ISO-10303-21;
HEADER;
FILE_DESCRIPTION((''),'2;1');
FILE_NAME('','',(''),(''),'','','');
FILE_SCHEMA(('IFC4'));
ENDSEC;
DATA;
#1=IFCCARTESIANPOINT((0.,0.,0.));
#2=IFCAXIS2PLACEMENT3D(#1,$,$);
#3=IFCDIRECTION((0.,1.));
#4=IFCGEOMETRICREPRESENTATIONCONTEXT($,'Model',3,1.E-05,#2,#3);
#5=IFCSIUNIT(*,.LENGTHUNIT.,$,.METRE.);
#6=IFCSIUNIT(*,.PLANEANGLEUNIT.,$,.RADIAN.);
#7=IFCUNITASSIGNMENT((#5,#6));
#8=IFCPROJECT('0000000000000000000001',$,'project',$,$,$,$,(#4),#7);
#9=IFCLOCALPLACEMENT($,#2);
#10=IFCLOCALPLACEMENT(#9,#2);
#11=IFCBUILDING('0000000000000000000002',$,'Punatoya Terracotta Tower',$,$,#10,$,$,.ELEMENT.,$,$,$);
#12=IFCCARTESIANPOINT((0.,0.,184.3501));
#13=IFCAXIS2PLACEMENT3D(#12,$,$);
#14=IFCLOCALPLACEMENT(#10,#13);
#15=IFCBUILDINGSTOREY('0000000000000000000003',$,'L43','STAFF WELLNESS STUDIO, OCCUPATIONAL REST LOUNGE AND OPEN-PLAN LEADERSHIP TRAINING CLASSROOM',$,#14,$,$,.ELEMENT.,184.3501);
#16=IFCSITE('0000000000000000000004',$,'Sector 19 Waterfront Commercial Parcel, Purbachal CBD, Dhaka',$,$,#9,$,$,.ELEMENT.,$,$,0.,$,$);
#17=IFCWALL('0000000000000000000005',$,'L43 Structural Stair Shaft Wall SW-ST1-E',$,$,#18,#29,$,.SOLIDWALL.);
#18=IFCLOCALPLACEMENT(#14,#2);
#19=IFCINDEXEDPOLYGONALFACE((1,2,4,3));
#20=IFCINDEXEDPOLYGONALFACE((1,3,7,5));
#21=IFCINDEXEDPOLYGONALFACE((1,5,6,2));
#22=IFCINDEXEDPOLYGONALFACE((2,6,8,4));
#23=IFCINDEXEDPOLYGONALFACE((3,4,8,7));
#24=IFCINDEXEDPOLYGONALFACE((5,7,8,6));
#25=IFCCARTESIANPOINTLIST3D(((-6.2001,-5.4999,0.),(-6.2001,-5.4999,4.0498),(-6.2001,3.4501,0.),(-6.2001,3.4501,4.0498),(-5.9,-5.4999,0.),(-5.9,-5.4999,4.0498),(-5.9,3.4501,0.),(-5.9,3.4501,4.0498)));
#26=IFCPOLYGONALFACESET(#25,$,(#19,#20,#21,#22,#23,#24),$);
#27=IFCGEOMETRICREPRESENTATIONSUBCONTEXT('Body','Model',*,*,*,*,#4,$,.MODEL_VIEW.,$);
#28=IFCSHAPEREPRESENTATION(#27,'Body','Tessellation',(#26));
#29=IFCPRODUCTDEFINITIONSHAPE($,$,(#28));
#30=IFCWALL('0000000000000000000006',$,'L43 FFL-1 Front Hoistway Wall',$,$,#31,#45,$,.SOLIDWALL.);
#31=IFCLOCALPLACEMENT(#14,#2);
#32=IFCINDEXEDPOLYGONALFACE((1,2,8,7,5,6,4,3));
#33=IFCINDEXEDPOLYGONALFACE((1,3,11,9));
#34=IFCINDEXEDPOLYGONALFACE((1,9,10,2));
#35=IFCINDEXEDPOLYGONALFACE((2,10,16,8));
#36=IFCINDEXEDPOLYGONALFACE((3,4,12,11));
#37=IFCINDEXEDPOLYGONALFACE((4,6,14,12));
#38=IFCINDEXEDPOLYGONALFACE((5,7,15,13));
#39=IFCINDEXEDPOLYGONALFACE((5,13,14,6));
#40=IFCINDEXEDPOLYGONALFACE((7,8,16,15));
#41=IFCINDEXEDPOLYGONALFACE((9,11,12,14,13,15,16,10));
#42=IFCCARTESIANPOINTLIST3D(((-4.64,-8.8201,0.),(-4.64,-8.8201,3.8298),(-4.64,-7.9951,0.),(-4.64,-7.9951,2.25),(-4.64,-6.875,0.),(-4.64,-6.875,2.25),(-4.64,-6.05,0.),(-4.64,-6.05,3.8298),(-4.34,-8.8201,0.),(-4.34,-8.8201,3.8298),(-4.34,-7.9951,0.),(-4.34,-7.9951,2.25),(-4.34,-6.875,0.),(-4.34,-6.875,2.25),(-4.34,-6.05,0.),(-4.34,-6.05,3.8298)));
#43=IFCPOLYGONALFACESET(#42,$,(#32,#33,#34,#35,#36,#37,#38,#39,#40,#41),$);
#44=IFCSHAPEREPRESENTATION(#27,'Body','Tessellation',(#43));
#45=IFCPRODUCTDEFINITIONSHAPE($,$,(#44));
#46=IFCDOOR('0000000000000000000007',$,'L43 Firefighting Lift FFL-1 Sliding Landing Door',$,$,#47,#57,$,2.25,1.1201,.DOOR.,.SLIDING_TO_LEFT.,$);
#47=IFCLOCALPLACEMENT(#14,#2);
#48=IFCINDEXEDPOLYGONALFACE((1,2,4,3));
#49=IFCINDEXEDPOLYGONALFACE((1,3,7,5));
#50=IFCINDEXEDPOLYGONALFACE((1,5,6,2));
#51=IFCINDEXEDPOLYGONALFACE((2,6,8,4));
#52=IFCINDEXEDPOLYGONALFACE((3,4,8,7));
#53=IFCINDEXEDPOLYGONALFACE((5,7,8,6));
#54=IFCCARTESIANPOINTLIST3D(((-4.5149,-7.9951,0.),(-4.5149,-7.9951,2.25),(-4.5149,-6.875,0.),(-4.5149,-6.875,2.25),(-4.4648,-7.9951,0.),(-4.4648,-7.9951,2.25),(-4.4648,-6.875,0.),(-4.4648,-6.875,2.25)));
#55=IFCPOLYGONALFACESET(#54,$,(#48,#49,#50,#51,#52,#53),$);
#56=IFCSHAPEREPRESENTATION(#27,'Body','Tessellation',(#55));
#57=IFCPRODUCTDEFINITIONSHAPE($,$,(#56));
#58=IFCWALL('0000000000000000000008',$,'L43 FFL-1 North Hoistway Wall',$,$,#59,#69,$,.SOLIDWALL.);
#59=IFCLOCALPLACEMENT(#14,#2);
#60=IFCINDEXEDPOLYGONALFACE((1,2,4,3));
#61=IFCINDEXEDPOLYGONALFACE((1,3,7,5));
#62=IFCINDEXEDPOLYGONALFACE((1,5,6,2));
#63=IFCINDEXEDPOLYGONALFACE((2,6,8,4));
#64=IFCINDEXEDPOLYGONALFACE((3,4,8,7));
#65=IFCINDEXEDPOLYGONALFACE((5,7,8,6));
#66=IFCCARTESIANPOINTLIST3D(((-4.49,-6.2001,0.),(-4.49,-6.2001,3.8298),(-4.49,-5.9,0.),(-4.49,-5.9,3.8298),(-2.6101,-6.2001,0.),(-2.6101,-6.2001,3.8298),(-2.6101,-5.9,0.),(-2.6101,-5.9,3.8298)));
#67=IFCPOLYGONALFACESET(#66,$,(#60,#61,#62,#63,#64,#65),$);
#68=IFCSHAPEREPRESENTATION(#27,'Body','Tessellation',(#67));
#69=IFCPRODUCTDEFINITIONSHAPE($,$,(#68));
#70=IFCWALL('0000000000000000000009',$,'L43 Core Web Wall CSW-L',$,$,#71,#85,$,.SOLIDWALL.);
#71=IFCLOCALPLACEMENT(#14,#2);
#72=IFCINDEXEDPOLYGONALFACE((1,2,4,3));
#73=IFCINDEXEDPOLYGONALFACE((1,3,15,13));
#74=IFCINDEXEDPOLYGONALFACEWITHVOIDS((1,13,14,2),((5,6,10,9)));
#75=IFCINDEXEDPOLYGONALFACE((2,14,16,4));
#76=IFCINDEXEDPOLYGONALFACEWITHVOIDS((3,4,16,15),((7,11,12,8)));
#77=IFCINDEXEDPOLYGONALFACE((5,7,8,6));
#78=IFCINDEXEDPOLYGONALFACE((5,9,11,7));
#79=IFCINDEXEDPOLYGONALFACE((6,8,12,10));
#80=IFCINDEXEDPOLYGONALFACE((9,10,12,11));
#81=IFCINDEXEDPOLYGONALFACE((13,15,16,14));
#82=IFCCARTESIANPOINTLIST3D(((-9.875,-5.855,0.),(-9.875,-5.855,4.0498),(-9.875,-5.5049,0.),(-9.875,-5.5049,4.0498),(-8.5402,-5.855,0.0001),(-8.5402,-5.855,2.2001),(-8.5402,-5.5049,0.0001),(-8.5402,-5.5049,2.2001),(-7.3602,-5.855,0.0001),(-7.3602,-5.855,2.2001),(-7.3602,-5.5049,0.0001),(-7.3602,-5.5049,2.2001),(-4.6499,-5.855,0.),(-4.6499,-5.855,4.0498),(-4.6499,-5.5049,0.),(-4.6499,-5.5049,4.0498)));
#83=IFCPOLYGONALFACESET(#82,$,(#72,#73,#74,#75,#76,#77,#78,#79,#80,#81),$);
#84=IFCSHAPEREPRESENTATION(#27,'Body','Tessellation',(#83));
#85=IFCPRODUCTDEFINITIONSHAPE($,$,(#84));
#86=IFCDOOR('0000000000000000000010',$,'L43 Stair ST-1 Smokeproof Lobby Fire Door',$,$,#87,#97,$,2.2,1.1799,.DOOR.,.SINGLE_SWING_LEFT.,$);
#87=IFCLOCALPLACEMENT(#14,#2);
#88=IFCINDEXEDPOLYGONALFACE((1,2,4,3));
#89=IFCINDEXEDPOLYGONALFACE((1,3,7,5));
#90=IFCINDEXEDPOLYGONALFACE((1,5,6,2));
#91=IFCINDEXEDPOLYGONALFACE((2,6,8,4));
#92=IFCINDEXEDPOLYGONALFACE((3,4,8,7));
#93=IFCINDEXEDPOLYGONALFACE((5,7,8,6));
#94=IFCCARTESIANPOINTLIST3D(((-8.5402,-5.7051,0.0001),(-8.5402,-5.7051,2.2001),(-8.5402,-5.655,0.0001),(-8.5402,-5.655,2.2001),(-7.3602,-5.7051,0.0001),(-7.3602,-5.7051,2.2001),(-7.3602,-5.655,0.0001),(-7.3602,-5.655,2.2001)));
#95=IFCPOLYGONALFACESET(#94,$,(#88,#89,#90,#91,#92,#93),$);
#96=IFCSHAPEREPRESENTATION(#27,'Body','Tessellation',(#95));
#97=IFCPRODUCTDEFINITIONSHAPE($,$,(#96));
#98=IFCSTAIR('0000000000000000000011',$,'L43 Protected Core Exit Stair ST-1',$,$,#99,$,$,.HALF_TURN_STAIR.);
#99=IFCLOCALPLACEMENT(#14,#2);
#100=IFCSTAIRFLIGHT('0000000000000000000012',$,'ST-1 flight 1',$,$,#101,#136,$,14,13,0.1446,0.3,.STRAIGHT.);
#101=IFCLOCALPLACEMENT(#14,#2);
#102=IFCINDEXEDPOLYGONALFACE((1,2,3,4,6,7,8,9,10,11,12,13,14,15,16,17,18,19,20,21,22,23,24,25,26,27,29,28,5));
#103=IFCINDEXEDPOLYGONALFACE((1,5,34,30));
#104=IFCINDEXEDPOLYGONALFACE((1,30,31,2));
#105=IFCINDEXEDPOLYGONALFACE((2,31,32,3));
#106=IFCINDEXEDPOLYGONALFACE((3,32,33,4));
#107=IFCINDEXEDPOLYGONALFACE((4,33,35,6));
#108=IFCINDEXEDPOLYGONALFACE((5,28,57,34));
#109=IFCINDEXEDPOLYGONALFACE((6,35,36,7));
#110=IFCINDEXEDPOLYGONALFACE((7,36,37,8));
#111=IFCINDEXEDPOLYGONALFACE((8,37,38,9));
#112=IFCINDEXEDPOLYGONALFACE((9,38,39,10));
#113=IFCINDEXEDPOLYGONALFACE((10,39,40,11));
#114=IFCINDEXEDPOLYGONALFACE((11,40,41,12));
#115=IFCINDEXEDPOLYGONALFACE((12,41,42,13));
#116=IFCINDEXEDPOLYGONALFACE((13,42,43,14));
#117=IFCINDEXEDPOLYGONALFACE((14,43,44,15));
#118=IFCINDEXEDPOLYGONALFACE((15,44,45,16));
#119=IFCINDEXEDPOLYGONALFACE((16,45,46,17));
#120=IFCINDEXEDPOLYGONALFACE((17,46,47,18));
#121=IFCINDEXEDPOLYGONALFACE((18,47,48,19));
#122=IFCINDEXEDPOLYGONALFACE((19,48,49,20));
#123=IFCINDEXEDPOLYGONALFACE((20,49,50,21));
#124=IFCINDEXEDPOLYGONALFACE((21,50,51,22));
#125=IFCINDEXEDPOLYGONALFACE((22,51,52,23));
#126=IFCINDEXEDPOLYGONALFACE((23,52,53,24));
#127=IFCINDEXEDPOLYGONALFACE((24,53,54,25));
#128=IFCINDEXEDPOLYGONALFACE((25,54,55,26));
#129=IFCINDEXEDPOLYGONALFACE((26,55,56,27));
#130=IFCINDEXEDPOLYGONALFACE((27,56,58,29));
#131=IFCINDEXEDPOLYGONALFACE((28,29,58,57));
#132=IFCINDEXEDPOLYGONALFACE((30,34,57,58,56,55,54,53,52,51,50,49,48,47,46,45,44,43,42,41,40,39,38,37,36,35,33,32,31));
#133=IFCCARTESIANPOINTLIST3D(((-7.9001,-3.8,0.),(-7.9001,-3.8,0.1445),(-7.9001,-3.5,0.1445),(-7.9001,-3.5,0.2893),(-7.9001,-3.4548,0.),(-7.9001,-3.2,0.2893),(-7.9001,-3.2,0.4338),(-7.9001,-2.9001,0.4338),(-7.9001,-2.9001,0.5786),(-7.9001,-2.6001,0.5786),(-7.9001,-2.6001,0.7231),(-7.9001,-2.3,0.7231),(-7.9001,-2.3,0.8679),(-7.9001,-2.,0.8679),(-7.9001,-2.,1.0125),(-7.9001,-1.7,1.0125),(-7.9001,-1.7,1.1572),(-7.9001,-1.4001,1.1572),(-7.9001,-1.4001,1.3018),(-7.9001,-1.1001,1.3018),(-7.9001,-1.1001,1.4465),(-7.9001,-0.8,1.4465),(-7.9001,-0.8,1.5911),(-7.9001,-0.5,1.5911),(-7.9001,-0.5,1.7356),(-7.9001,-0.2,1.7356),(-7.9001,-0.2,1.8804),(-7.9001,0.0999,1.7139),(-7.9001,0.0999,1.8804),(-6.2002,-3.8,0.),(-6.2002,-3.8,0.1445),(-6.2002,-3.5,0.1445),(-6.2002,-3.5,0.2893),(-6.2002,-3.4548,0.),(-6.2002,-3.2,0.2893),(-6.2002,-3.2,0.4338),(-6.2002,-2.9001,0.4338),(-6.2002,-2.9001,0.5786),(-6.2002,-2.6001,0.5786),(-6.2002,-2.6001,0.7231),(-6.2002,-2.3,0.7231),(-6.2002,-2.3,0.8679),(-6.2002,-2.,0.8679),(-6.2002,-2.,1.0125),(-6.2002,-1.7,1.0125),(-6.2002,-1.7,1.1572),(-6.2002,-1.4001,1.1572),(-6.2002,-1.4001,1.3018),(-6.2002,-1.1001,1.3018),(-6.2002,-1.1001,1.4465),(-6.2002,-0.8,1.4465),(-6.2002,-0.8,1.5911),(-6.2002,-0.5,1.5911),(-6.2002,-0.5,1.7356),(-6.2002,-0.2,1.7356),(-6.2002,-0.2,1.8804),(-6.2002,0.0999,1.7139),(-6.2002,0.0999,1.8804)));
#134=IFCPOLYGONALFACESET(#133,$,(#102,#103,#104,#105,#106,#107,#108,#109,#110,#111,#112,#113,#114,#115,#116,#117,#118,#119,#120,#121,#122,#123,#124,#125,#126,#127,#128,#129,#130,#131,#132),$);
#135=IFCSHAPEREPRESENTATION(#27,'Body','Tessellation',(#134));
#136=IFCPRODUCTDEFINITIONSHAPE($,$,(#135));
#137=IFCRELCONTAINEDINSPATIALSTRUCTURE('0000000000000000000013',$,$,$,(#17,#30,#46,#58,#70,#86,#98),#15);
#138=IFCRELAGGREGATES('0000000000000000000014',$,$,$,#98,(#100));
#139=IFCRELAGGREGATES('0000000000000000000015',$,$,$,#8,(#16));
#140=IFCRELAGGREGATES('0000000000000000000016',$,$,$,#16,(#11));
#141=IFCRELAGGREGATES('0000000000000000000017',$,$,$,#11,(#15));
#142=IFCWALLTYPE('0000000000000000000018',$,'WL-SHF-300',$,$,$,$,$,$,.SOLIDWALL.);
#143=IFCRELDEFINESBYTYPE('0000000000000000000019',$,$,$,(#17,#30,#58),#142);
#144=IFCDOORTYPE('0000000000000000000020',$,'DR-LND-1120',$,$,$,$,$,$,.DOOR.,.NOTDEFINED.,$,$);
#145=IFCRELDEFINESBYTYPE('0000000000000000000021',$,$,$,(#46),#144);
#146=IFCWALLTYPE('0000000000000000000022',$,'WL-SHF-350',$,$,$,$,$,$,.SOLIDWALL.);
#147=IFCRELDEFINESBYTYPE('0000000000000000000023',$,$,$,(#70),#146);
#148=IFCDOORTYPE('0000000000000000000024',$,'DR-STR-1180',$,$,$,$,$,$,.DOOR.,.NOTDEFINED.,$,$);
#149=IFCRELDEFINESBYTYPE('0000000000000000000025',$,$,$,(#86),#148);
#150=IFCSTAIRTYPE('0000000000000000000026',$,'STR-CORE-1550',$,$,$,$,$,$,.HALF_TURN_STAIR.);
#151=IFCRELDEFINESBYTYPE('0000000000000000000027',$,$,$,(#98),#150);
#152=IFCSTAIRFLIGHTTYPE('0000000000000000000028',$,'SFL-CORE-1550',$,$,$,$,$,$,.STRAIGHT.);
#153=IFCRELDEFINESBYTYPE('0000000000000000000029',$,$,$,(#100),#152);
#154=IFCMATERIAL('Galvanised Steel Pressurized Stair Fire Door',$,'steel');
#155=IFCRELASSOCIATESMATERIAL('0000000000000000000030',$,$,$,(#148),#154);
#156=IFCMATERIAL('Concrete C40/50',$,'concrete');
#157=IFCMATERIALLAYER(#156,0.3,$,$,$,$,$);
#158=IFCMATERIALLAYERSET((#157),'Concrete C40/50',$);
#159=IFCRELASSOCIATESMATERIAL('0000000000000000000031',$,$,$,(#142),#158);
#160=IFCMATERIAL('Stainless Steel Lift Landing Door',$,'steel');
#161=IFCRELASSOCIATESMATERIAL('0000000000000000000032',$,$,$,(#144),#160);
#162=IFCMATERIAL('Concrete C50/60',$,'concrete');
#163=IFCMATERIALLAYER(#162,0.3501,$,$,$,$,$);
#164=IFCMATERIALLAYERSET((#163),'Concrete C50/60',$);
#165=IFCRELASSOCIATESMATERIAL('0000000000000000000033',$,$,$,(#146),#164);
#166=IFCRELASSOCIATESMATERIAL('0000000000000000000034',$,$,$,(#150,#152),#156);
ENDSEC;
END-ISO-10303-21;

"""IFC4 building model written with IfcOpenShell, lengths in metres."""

from ifc_helpers import new_model, si_unit, direction, frame, frame_2d, origin, place, context, subcontext, project, spatial, polyline, rectangle, outline, extrude, material, layer, layer_set, type_object, element, fill, aggregate, save


model = new_model("IFC4")

# Units and contexts
model_context = context("Model", 3, precision=1e-05, world=origin(), true_north=direction((0.0, 1.0)))
body_context = subcontext(model_context, "Body", "Model", "MODEL_VIEW")
ifc_project = project(units=[si_unit("LENGTHUNIT", "METRE"), si_unit("PLANEANGLEUNIT", "RADIAN")], contexts=[model_context])

# Site, building, storey
site_placement = place(None, origin())
site = spatial("IfcSite", under=ifc_project, at=site_placement, Name="Sector 19 Waterfront Commercial Parcel, Purbachal CBD, Dhaka", CompositionType="ELEMENT", RefElevation=0.0)
building_placement = place(site_placement, origin())
building = spatial("IfcBuilding", under=site, at=building_placement, Name="Punatoya Terracotta Tower", CompositionType="ELEMENT")
storey_placement = place(building_placement, frame((0.0, 0.0, 184.3501)))
storey = spatial("IfcBuildingStorey", under=building, at=storey_placement, Name="L43", Description="STAFF WELLNESS STUDIO, OCCUPATIONAL REST LOUNGE AND OPEN-PLAN LEADERSHIP TRAINING CLASSROOM", CompositionType="ELEMENT", Elevation=184.3501)

# Shared definitions
ifc_material_1 = material(Name="Galvanised Steel Pressurized Stair Fire Door", Category="steel")
door_type_1 = type_object("IfcDoorType", Name="DR-STR-1180", OperationType="NOTDEFINED", PredefinedType="DOOR", material=ifc_material_1)

# Wall
ifc_material_2 = material(Name="Concrete C40/50", Category="concrete")
ifc_layer_1 = layer(ifc_material_2, 0.3)
ifc_layer_set_1 = layer_set([ifc_layer_1], Name="Concrete C40/50")
wall_type_1 = type_object("IfcWallType", Name="WL-SHF-300", PredefinedType="SOLIDWALL", material=ifc_layer_set_1)
wall_1_placement = place(storey_placement, frame((-6.05, -5.5, 0.0), z_axis=(0.0, 0.0, 1.0), x_axis=(0.0, 1.0, 0.0)))
element("IfcWall", 1, at=wall_1_placement, inside=storey, type_object=wall_type_1, Name="L43 Structural Stair Shaft Wall SW-ST1-E", PredefinedType="SOLIDWALL", context=body_context, shape_type="SweptSolid", body=[
    extrude(rectangle(XDim=8.95, YDim=0.3, at=frame_2d((4.4751, 0.0))), origin(), (0.0, 0.0, 1.0), 4.0498),
])

# Wall, opening, door
wall_2_placement = place(storey_placement, frame((-4.49, -8.8201, 0.0), z_axis=(0.0, 0.0, 1.0), x_axis=(0.0, 1.0, 0.0)))
wall_2 = element("IfcWall", 2, at=wall_2_placement, inside=storey, type_object=wall_type_1, Name="L43 FFL-1 Front Hoistway Wall", PredefinedType="SOLIDWALL", context=body_context, shape_type="SweptSolid", body=[
    extrude(rectangle(XDim=2.77, YDim=0.3, at=frame_2d((1.385, 0.0))), origin(), (0.0, 0.0, 1.0), 3.8298),
])
opening_1_placement = place(wall_2_placement, frame((0.825, 0.0, 0.0)))
opening_1 = element("IfcOpeningElement", 3, at=opening_1_placement, cuts=wall_2, PredefinedType="OPENING", context=body_context, shape_type="SweptSolid", body=[
    extrude(rectangle(XDim=1.1201, YDim=2.25, at=frame_2d((0.5601, 1.125))), frame((0.0, 0.1599, 0.0), z_axis=(0.0, -1.0, 0.0), x_axis=(1.0, 0.0, 0.0)), (0.0, 0.0, 1.0), 0.3201),
])
ifc_material_3 = material(Name="Stainless Steel Lift Landing Door", Category="steel")
door_type_2 = type_object("IfcDoorType", Name="DR-LND-1120", OperationType="NOTDEFINED", PredefinedType="DOOR", material=ifc_material_3)
door_1_placement = place(opening_1_placement, origin())
door_1 = element("IfcDoor", 4, at=door_1_placement, inside=storey, type_object=door_type_2, Name="L43 Firefighting Lift FFL-1 Sliding Landing Door", OperationType="SLIDING_TO_LEFT", OverallHeight=2.25, OverallWidth=1.1201, PredefinedType="DOOR", context=body_context, shape_type="SweptSolid", body=[
    extrude(rectangle(XDim=1.1201, YDim=2.25, at=frame_2d((0.5601, 1.125))), frame((0.0, 0.0249, 0.0), z_axis=(0.0, -1.0, 0.0), x_axis=(1.0, 0.0, 0.0)), (0.0, 0.0, 1.0), 0.05),
])
fill(opening_1, door_1)

# Wall
wall_3_placement = place(storey_placement, frame((-4.49, -6.05, 0.0), z_axis=(0.0, 0.0, 1.0), x_axis=(1.0, 0.0, 0.0)))
element("IfcWall", 5, at=wall_3_placement, inside=storey, type_object=wall_type_1, Name="L43 FFL-1 North Hoistway Wall", PredefinedType="SOLIDWALL", context=body_context, shape_type="SweptSolid", body=[
    extrude(rectangle(XDim=1.8799, YDim=0.3, at=frame_2d((0.9399, 0.0))), origin(), (0.0, 0.0, 1.0), 3.8298),
])

# Wall, opening, door
ifc_material_4 = material(Name="Concrete C50/60", Category="concrete")
ifc_layer_2 = layer(ifc_material_4, 0.3501)
ifc_layer_set_2 = layer_set([ifc_layer_2], Name="Concrete C50/60")
wall_type_2 = type_object("IfcWallType", Name="WL-SHF-350", PredefinedType="SOLIDWALL", material=ifc_layer_set_2)
wall_4_placement = place(storey_placement, frame((-9.875, -5.6799, 0.0), z_axis=(0.0, 0.0, 1.0), x_axis=(1.0, 0.0, 0.0)))
wall_4 = element("IfcWall", 6, at=wall_4_placement, inside=storey, type_object=wall_type_2, Name="L43 Core Web Wall CSW-L", PredefinedType="SOLIDWALL", context=body_context, shape_type="SweptSolid", body=[
    extrude(rectangle(XDim=5.2251, YDim=0.3501, at=frame_2d((2.6125, 0.0))), origin(), (0.0, 0.0, 1.0), 4.0498),
])
opening_2_placement = place(wall_4_placement, frame((1.335, 0.0, 0.0)))
opening_2 = element("IfcOpeningElement", 7, at=opening_2_placement, cuts=wall_4, PredefinedType="OPENING", context=body_context, shape_type="SweptSolid", body=[
    extrude(rectangle(XDim=1.1799, YDim=2.2, at=frame_2d((0.5898, 1.1001))), frame((0.0, 0.1851, 0.0), z_axis=(0.0, -1.0, 0.0), x_axis=(1.0, 0.0, 0.0)), (0.0, 0.0, 1.0), 0.3701),
])
door_2_placement = place(opening_2_placement, origin())
door_2 = element("IfcDoor", 8, at=door_2_placement, inside=storey, type_object=door_type_1, Name="L43 Stair ST-1 Smokeproof Lobby Fire Door", OperationType="SINGLE_SWING_LEFT", OverallHeight=2.2, OverallWidth=1.1799, PredefinedType="DOOR", context=body_context, shape_type="SweptSolid", body=[
    extrude(rectangle(XDim=1.1799, YDim=2.2, at=frame_2d((0.5898, 1.1001))), frame((0.0, 0.0249, 0.0), z_axis=(0.0, -1.0, 0.0), x_axis=(1.0, 0.0, 0.0)), (0.0, 0.0, 1.0), 0.05),
])
fill(opening_2, door_2)

# Stair, stair flight
stair_type = type_object("IfcStairType", Name="STR-CORE-1550", PredefinedType="HALF_TURN_STAIR", material=ifc_material_2)
stair_placement = place(storey_placement, origin())
stair = element("IfcStair", 9, at=stair_placement, inside=storey, type_object=stair_type, Name="L43 Protected Core Exit Stair ST-1", PredefinedType="HALF_TURN_STAIR")
stair_flight_type = type_object("IfcStairFlightType", Name="SFL-CORE-1550", PredefinedType="STRAIGHT", material=ifc_material_2)
stair_flight_placement = place(storey_placement, frame((-7.05, -3.8, 0.0), z_axis=(0.0, 0.0, 1.0), x_axis=(0.0, 1.0, 0.0)))
stair_flight = element("IfcStairFlight", 10, at=stair_flight_placement, type_object=stair_flight_type, Name="ST-1 flight 1", NumberOfRisers=14, NumberOfTreads=13, PredefinedType="STRAIGHT", RiserHeight=0.1446, TreadLength=0.3, context=body_context, shape_type="SweptSolid", body=[
    extrude(outline(polyline([(0.0, 0.0), (0.0, 0.1445), (0.3, 0.1445), (0.3, 0.2893), (0.6001, 0.2893), (0.6001, 0.4338), (0.8999, 0.4338), (0.8999, 0.5786), (1.2, 0.5786), (1.2, 0.7231), (1.5, 0.7231), (1.5, 0.8679), (1.8, 0.8679), (1.8, 1.0125), (2.1001, 1.0125), (2.1001, 1.1572), (2.3999, 1.1572), (2.3999, 1.3018), (2.7, 1.3018), (2.7, 1.4465), (3.0, 1.4465), (3.0, 1.5911), (3.3, 1.5911), (3.3, 1.7356), (3.6001, 1.7356), (3.6001, 1.8804), (3.8999, 1.8804), (3.8999, 2.0249), (3.8999, 1.7139), (0.3452, 0.0), (0.0, 0.0)])), frame((0.0, 0.8501, 0.0), z_axis=(0.0, -1.0, 0.0), x_axis=(1.0, 0.0, 0.0)), (0.0, 0.0, 1.0), 1.7),
])
aggregate(stair, [stair_flight])

save(model, "model.ifc")
